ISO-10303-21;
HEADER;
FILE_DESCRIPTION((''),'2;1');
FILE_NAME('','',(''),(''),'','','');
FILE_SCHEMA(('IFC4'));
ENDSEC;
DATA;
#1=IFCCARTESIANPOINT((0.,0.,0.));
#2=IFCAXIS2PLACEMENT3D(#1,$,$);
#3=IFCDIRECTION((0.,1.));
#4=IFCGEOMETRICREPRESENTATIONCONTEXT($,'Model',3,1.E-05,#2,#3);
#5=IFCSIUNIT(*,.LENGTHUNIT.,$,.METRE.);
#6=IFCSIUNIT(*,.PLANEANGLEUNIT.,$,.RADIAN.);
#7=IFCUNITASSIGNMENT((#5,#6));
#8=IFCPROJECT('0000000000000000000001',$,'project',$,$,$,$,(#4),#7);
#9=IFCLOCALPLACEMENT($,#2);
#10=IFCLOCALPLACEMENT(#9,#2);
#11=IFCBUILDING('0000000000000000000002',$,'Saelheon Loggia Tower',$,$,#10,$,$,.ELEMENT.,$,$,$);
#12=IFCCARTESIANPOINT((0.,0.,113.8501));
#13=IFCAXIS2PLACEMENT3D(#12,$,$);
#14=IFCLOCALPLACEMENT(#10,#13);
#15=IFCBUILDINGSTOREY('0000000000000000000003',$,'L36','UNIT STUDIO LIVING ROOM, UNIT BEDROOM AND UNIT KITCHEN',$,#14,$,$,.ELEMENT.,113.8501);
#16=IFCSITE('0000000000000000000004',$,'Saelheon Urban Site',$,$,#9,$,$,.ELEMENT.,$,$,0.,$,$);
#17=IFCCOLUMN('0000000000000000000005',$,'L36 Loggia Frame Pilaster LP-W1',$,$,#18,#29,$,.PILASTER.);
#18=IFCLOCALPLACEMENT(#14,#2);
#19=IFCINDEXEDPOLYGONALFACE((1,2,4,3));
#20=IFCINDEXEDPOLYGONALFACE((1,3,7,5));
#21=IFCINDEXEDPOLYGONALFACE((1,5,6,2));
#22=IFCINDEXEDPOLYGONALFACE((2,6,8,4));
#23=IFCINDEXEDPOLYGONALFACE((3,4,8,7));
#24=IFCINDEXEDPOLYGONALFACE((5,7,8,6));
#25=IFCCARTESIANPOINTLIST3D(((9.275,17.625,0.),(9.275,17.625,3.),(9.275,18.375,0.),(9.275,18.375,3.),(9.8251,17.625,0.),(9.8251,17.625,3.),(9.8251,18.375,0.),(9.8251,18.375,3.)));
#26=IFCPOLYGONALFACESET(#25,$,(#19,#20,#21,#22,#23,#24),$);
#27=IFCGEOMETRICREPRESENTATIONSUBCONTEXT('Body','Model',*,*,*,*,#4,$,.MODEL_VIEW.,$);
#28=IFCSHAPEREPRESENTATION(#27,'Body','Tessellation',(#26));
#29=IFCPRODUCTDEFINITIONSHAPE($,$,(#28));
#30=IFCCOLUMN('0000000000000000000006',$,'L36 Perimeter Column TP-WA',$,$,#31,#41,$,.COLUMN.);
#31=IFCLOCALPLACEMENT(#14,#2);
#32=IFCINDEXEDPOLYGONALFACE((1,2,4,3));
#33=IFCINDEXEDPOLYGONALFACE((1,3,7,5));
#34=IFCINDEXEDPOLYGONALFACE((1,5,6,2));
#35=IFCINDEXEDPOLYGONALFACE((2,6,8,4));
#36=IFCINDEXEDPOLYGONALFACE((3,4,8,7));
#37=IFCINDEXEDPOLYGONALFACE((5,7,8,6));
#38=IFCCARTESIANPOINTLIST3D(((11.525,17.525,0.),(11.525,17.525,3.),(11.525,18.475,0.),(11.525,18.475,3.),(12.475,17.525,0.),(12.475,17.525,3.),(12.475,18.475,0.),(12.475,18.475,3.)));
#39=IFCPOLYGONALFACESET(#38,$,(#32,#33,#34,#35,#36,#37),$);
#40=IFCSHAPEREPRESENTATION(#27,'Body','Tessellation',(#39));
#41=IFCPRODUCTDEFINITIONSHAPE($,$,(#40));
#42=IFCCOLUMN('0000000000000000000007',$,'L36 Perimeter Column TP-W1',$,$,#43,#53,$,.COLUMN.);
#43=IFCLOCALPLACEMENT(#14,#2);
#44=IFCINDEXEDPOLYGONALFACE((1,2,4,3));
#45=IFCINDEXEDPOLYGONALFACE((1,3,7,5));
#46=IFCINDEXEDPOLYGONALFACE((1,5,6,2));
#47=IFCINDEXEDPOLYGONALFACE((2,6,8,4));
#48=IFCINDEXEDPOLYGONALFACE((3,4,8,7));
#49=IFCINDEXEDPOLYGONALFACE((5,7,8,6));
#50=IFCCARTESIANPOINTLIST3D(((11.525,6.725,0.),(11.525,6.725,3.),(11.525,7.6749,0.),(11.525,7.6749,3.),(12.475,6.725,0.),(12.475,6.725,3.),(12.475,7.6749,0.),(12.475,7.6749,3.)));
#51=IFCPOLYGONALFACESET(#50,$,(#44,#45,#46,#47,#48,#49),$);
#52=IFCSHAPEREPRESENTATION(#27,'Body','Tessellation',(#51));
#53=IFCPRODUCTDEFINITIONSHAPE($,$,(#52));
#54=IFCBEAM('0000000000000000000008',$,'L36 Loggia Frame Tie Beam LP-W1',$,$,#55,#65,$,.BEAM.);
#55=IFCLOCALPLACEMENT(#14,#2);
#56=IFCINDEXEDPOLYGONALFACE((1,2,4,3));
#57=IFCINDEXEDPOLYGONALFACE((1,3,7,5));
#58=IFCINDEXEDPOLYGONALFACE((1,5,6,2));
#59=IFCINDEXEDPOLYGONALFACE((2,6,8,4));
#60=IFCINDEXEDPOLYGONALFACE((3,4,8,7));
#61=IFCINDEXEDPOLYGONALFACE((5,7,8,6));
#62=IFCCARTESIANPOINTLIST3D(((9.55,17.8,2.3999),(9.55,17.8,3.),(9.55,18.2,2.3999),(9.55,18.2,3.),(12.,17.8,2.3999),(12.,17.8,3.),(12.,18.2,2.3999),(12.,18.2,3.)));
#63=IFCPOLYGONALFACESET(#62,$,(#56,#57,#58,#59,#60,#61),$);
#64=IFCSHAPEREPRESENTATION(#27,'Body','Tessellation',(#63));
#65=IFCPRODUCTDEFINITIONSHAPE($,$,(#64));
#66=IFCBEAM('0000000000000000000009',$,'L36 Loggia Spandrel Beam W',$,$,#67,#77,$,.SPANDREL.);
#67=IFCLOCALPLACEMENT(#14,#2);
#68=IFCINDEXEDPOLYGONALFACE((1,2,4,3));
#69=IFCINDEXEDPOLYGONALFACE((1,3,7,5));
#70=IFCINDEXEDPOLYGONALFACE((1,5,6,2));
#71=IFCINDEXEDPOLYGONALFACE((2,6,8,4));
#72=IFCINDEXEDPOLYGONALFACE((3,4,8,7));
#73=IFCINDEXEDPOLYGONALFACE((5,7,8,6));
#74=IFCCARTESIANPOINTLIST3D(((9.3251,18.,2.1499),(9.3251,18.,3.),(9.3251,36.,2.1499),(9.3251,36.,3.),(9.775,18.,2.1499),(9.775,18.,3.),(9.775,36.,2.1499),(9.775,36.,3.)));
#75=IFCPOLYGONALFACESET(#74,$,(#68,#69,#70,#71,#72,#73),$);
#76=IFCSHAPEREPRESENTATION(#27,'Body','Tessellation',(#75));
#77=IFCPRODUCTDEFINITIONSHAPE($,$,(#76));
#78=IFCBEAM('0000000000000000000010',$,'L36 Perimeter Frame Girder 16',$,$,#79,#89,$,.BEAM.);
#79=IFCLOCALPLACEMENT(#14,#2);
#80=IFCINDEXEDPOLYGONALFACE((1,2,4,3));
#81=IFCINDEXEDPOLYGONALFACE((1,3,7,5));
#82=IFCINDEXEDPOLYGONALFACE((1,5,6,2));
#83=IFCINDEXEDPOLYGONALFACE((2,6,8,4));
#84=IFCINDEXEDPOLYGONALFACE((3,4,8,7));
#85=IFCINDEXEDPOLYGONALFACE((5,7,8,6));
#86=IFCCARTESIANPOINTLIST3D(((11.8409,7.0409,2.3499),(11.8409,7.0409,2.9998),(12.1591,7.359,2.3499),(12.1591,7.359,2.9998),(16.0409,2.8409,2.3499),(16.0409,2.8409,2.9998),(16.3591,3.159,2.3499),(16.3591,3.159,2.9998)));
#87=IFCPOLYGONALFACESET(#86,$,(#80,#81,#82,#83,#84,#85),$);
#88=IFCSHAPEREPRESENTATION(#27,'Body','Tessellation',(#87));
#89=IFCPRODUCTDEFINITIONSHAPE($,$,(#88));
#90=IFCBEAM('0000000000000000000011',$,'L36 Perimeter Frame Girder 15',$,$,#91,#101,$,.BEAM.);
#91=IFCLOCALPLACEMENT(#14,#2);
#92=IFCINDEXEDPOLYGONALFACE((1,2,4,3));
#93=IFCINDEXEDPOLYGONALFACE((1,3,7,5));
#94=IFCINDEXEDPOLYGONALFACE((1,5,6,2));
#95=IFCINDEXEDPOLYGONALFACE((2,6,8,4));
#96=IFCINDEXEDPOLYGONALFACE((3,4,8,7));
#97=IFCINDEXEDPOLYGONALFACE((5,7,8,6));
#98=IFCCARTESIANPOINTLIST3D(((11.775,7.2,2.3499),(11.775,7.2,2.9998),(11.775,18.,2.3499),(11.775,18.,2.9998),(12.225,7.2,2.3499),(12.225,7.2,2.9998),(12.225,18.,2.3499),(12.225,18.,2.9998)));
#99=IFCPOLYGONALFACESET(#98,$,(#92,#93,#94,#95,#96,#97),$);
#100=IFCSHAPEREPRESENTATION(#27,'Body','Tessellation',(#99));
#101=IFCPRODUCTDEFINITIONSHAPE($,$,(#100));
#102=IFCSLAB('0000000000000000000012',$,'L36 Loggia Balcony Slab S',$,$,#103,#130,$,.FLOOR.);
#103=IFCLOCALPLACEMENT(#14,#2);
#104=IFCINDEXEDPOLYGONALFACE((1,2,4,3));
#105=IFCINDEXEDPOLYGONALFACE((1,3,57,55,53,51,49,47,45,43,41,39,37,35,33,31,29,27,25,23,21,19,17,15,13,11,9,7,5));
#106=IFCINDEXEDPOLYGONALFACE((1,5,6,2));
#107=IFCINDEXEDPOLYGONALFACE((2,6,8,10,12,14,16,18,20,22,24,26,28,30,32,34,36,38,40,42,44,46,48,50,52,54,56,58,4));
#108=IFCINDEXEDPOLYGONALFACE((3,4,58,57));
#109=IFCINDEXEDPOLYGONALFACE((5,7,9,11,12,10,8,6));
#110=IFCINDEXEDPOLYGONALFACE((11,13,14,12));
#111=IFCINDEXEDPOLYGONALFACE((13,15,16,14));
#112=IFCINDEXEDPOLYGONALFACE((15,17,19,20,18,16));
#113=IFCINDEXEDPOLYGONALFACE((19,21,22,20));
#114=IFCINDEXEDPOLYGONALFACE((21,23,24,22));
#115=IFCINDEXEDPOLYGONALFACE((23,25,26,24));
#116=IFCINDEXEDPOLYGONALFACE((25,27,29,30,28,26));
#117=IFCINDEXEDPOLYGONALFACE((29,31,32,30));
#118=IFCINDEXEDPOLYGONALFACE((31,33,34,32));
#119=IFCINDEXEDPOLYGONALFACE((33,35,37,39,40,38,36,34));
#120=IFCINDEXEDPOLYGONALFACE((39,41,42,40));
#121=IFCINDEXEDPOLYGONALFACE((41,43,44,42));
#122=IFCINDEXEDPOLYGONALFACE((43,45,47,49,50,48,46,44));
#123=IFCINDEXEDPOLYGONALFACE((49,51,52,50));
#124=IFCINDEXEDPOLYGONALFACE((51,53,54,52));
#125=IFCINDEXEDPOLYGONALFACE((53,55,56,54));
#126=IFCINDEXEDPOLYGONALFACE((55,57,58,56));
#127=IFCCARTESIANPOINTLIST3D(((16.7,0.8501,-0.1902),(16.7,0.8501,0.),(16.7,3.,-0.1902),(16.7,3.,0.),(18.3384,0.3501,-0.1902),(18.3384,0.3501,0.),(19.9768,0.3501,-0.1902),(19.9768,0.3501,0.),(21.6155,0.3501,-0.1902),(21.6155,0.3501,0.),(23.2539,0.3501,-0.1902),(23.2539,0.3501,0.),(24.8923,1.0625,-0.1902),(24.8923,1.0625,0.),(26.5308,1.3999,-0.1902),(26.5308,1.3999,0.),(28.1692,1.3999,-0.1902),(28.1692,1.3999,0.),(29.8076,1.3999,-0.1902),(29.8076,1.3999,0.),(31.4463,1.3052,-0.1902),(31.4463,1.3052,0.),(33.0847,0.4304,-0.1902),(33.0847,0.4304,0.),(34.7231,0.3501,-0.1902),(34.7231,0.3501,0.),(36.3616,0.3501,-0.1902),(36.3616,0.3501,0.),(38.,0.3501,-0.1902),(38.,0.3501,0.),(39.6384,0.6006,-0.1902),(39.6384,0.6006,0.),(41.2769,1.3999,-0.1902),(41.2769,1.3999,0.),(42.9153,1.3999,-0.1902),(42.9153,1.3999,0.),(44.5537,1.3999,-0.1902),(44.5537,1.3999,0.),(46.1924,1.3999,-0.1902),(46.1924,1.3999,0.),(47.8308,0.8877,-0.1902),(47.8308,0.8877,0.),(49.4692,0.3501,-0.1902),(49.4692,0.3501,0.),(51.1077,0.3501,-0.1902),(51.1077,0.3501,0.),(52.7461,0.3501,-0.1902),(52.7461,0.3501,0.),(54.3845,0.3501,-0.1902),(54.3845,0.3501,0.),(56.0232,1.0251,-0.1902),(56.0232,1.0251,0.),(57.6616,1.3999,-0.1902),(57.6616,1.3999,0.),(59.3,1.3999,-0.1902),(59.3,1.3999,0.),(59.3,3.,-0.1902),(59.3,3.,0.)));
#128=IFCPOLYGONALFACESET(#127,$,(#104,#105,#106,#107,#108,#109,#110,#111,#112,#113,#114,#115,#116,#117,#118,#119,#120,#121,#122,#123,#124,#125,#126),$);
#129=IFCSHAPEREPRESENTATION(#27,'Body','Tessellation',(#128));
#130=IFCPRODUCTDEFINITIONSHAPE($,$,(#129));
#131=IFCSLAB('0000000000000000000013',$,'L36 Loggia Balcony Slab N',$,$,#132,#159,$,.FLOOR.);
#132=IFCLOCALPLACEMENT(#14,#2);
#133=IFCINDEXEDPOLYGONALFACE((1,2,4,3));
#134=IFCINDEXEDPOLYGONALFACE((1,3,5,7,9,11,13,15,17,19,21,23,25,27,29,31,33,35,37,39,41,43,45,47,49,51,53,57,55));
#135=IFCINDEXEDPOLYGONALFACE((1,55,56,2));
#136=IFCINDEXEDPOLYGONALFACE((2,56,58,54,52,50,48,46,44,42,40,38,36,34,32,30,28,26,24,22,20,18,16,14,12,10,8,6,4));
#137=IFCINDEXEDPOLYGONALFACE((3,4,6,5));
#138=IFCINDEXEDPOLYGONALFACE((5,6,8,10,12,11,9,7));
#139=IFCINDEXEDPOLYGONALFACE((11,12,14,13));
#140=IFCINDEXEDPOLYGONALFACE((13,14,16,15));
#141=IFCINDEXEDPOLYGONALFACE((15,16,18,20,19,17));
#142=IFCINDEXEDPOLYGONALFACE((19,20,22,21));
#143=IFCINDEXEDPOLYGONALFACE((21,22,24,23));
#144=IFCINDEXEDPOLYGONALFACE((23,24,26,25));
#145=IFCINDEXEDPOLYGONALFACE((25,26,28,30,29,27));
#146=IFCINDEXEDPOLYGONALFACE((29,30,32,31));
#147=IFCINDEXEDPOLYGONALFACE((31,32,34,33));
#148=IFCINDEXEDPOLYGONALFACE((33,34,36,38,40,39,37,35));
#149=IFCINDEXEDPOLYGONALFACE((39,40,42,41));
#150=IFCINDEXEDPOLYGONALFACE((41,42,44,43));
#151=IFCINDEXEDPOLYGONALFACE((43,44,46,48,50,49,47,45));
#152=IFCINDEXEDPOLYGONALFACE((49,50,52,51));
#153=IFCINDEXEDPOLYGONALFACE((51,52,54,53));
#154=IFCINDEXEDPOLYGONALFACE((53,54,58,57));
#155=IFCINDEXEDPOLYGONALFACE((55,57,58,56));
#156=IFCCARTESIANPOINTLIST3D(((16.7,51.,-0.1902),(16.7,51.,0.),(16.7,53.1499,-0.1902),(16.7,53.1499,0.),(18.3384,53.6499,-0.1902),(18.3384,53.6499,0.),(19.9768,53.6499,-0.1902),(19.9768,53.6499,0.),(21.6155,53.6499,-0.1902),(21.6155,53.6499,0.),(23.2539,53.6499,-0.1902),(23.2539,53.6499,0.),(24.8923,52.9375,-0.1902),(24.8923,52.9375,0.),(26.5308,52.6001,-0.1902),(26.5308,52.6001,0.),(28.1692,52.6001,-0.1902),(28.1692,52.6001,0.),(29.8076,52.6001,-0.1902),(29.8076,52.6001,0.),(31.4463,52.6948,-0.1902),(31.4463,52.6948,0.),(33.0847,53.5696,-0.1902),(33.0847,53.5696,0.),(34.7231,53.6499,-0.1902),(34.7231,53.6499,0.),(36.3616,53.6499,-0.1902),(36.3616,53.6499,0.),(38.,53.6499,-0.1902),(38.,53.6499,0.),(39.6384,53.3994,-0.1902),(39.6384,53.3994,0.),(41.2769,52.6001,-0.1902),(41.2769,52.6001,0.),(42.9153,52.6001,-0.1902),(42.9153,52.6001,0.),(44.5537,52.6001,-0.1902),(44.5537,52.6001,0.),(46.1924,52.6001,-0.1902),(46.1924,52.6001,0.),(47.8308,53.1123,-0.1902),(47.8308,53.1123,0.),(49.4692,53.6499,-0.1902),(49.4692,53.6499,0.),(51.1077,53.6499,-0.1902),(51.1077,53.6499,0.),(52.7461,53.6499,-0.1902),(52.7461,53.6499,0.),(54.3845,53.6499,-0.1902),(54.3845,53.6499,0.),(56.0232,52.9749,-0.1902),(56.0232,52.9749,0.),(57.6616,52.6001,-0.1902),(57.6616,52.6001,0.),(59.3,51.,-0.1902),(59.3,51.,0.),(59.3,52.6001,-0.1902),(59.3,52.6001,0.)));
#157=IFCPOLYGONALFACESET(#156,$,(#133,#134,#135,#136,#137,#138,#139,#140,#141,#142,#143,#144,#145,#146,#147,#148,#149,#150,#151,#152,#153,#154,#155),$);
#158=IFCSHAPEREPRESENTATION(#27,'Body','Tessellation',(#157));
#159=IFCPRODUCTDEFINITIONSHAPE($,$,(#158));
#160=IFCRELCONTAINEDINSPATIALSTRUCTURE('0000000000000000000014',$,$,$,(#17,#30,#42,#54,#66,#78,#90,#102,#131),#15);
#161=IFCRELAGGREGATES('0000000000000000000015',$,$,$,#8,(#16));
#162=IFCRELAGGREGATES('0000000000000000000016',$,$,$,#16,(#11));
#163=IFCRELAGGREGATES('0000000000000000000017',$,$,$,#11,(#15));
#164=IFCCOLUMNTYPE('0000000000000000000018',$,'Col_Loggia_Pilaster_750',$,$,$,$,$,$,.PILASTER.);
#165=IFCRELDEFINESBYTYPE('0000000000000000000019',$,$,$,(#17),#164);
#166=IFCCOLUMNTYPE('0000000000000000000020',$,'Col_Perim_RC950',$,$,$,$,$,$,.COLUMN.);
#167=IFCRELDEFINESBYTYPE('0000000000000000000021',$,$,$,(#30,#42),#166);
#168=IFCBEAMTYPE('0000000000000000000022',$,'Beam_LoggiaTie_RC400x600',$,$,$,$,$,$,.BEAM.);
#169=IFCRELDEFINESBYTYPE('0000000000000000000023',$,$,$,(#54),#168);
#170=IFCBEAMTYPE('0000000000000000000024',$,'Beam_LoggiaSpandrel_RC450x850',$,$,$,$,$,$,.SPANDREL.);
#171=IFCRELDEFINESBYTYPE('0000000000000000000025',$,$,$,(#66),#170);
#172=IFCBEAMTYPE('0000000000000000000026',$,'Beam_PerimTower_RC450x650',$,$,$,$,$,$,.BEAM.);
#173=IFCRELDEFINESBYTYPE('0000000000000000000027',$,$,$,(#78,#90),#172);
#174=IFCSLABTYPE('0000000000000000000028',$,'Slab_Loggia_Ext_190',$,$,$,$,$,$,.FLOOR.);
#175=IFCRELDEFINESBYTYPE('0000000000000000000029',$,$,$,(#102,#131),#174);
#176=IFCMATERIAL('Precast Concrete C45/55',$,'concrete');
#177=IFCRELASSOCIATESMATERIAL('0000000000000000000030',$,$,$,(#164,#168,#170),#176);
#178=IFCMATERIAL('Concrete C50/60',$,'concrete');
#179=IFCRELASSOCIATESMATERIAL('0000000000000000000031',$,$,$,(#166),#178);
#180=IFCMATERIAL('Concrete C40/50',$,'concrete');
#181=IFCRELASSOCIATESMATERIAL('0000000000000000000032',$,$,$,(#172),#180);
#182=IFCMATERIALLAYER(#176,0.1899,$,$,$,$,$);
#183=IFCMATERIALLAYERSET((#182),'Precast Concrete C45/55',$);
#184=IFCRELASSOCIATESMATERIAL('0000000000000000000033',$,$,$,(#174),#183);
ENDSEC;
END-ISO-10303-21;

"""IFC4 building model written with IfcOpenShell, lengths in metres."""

from ifc_helpers import new_model, si_unit, direction, frame, origin, origin_2d, place, context, subcontext, project, spatial, polyline, rectangle, outline, extrude, source, transform, mapped, material, layer, layer_set, material_profile, profile_set, type_object, element, save


model = new_model("IFC4")

# Units and contexts
model_context = context("Model", 3, precision=1e-05, world=origin(), true_north=direction((0.0, 1.0)))
body_context = subcontext(model_context, "Body", "Model", "MODEL_VIEW")
ifc_project = project(units=[si_unit("LENGTHUNIT", "METRE"), si_unit("PLANEANGLEUNIT", "RADIAN")], contexts=[model_context])

# Site, building, storey
site_placement = place(None, origin())
site = spatial("IfcSite", under=ifc_project, at=site_placement, Name="Saelheon Urban Site", CompositionType="ELEMENT", RefElevation=0.0)
building_placement = place(site_placement, origin())
building = spatial("IfcBuilding", under=site, at=building_placement, Name="Saelheon Loggia Tower", CompositionType="ELEMENT")
storey_placement = place(building_placement, frame((0.0, 0.0, 113.8501)))
storey = spatial("IfcBuildingStorey", under=building, at=storey_placement, Name="L36", Description="UNIT STUDIO LIVING ROOM, UNIT BEDROOM AND UNIT KITCHEN", CompositionType="ELEMENT", Elevation=113.8501)

# Columns
ifc_material_1 = material(Name="Precast Concrete C45/55", Category="concrete")
ifc_material_profile_1 = material_profile(ifc_material_1, rectangle(XDim=0.55, YDim=0.75, at=origin_2d()), Name="RC-550x750")
ifc_profile_set_1 = profile_set([ifc_material_profile_1], Name="Precast Concrete C45/55")
column_type_1 = type_object("IfcColumnType", Name="Col_Loggia_Pilaster_750", PredefinedType="PILASTER", material=ifc_profile_set_1)
shared_shape_1 = source(origin(), body_context, "Body", "SweptSolid", [
    extrude(rectangle(XDim=0.55, YDim=0.75, at=origin_2d()), origin(), (0.0, 0.0, 1.0), 3.0),
])
column_placement = place(storey_placement, frame((9.55, 18.0, 0.0), z_axis=(0.0, 0.0, 1.0), x_axis=(1.0, 0.0, 0.0)))
element("IfcColumn", 1, at=column_placement, inside=storey, type_object=column_type_1, Name="L36 Loggia Frame Pilaster LP-W1", PredefinedType="PILASTER", context=body_context, shape_type="MappedRepresentation", body=[
    mapped(shared_shape_1, transform((0.0, 0.0, 0.0), scale=1.0)),
])
ifc_material_2 = material(Name="Concrete C50/60", Category="concrete")
ifc_material_profile_2 = material_profile(ifc_material_2, rectangle(XDim=0.95, YDim=0.95, at=origin_2d()), Name="RC-950x950")
ifc_profile_set_2 = profile_set([ifc_material_profile_2], Name="Concrete C50/60")
column_type_2 = type_object("IfcColumnType", Name="Col_Perim_RC950", PredefinedType="COLUMN", material=ifc_profile_set_2)
shared_shape_2 = source(origin(), body_context, "Body", "SweptSolid", [
    extrude(rectangle(XDim=0.95, YDim=0.95, at=origin_2d()), origin(), (0.0, 0.0, 1.0), 3.0),
])
for number, where, z_axis, x_axis, name in (
    (2, (12.0, 18.0, 0.0), (0.0, 0.0, 1.0), (1.0, 0.0, 0.0), "L36 Perimeter Column TP-WA"),
    (3, (12.0, 7.2, 0.0), (0.0, 0.0, 1.0), (1.0, 0.0, 0.0), "L36 Perimeter Column TP-W1"),
):
    element("IfcColumn", number, at=place(storey_placement, frame(where, z_axis=z_axis, x_axis=x_axis)), inside=storey, type_object=column_type_2, Name=name, PredefinedType="COLUMN", context=body_context, shape_type="MappedRepresentation", body=[
        mapped(shared_shape_2, transform((0.0, 0.0, 0.0), scale=1.0)),
    ])

# Beams
ifc_material_profile_3 = material_profile(ifc_material_1, rectangle(XDim=0.3999, YDim=0.6001, at=origin_2d()), Name="RC-400x600")
ifc_profile_set_3 = profile_set([ifc_material_profile_3], Name="Precast Concrete C45/55")
beam_type_1 = type_object("IfcBeamType", Name="Beam_LoggiaTie_RC400x600", PredefinedType="BEAM", material=ifc_profile_set_3)
shared_shape_3 = source(origin(), body_context, "Body", "SweptSolid", [
    extrude(rectangle(XDim=0.3999, YDim=0.6001, at=origin_2d()), origin(), (0.0, 0.0, 1.0), 2.45),
])
beam_1_placement = place(storey_placement, frame((12.0, 18.0, 2.7), z_axis=(-1.0, 0.0, 0.0), x_axis=(0.0, -1.0, 0.0)))
element("IfcBeam", 4, at=beam_1_placement, inside=storey, type_object=beam_type_1, Name="L36 Loggia Frame Tie Beam LP-W1", PredefinedType="BEAM", context=body_context, shape_type="MappedRepresentation", body=[
    mapped(shared_shape_3, transform((0.0, 0.0, 0.0), scale=1.0)),
])
ifc_material_profile_4 = material_profile(ifc_material_1, rectangle(XDim=0.45, YDim=0.8501, at=origin_2d()), Name="RC-450x850")
ifc_profile_set_4 = profile_set([ifc_material_profile_4], Name="Precast Concrete C45/55")
beam_type_2 = type_object("IfcBeamType", Name="Beam_LoggiaSpandrel_RC450x850", PredefinedType="SPANDREL", material=ifc_profile_set_4)
shared_shape_4 = source(origin(), body_context, "Body", "SweptSolid", [
    extrude(rectangle(XDim=0.45, YDim=0.8501, at=origin_2d()), origin(), (0.0, 0.0, 1.0), 18.0),
])
beam_2_placement = place(storey_placement, frame((9.55, 18.0, 2.575), z_axis=(0.0, 1.0, 0.0), x_axis=(-1.0, 0.0, 0.0)))
element("IfcBeam", 5, at=beam_2_placement, inside=storey, type_object=beam_type_2, Name="L36 Loggia Spandrel Beam W", PredefinedType="SPANDREL", context=body_context, shape_type="MappedRepresentation", body=[
    mapped(shared_shape_4, transform((0.0, 0.0, 0.0), scale=1.0)),
])
ifc_material_3 = material(Name="Concrete C40/50", Category="concrete")
ifc_material_profile_5 = material_profile(ifc_material_3, rectangle(XDim=0.45, YDim=0.6499, at=origin_2d()), Name="RC-450x650")
ifc_profile_set_5 = profile_set([ifc_material_profile_5], Name="Concrete C40/50")
beam_type_3 = type_object("IfcBeamType", Name="Beam_PerimTower_RC450x650", PredefinedType="BEAM", material=ifc_profile_set_5)
shared_shape_5 = source(origin(), body_context, "Body", "SweptSolid", [
    extrude(rectangle(XDim=0.45, YDim=0.6499, at=origin_2d()), origin(), (0.0, 0.0, 1.0), 5.9397),
])
beam_3_placement = place(storey_placement, frame((12.0, 7.2, 2.6748), z_axis=(0.707107, -0.707107, 0.0), x_axis=(0.707107, 0.707107, 0.0)))
element("IfcBeam", 6, at=beam_3_placement, inside=storey, type_object=beam_type_3, Name="L36 Perimeter Frame Girder 16", PredefinedType="BEAM", context=body_context, shape_type="MappedRepresentation", body=[
    mapped(shared_shape_5, transform((0.0, 0.0, 0.0), scale=1.0)),
])
shared_shape_6 = source(origin(), body_context, "Body", "SweptSolid", [
    extrude(rectangle(XDim=0.45, YDim=0.6499, at=origin_2d()), origin(), (0.0, 0.0, 1.0), 10.8),
])
beam_4_placement = place(storey_placement, frame((12.0, 18.0, 2.6748), z_axis=(0.0, -1.0, 0.0), x_axis=(1.0, 0.0, 0.0)))
element("IfcBeam", 7, at=beam_4_placement, inside=storey, type_object=beam_type_3, Name="L36 Perimeter Frame Girder 15", PredefinedType="BEAM", context=body_context, shape_type="MappedRepresentation", body=[
    mapped(shared_shape_6, transform((0.0, 0.0, 0.0), scale=1.0)),
])

# Slabs
ifc_layer_1 = layer(ifc_material_1, 0.1899)
ifc_layer_set_1 = layer_set([ifc_layer_1], Name="Precast Concrete C45/55")
slab_type_1 = type_object("IfcSlabType", Name="Slab_Loggia_Ext_190", PredefinedType="FLOOR", material=ifc_layer_set_1)
slab_1_placement = place(storey_placement, frame((0.0, 0.0, -0.1902)))
element("IfcSlab", 8, at=slab_1_placement, inside=storey, type_object=slab_type_1, Name="L36 Loggia Balcony Slab S", PredefinedType="FLOOR", context=body_context, shape_type="SweptSolid", body=[
    extrude(outline(polyline([(16.7, 0.8501), (18.3384, 0.3501), (19.9768, 0.3501), (21.6155, 0.3501), (23.2539, 0.3501), (24.8923, 1.0625), (26.5308, 1.3999), (28.1692, 1.3999), (29.8076, 1.3999), (31.4463, 1.3052), (33.0847, 0.4304), (34.7231, 0.3501), (36.3616, 0.3501), (38.0, 0.3501), (39.6384, 0.6006), (41.2769, 1.3999), (42.9153, 1.3999), (44.5537, 1.3999), (46.1924, 1.3999), (47.8308, 0.8877), (49.4692, 0.3501), (51.1077, 0.3501), (52.7461, 0.3501), (54.3845, 0.3501), (56.0232, 1.0251), (57.6616, 1.3999), (59.3, 1.3999), (59.3, 3.0), (16.7, 3.0), (16.7, 0.8501)])), origin(), (0.0, 0.0, 1.0), 0.1902),
])
slab_2_placement = place(storey_placement, frame((0.0, 0.0, -0.1902)))
element("IfcSlab", 9, at=slab_2_placement, inside=storey, type_object=slab_type_1, Name="L36 Loggia Balcony Slab N", PredefinedType="FLOOR", context=body_context, shape_type="SweptSolid", body=[
    extrude(outline(polyline([(16.7, 51.0), (59.3, 51.0), (59.3, 52.6001), (57.6616, 52.6001), (56.0232, 52.9749), (54.3845, 53.6499), (52.7461, 53.6499), (51.1077, 53.6499), (49.4692, 53.6499), (47.8308, 53.1123), (46.1924, 52.6001), (44.5537, 52.6001), (42.9153, 52.6001), (41.2769, 52.6001), (39.6384, 53.3994), (38.0, 53.6499), (36.3616, 53.6499), (34.7231, 53.6499), (33.0847, 53.5696), (31.4463, 52.6948), (29.8076, 52.6001), (28.1692, 52.6001), (26.5308, 52.6001), (24.8923, 52.9375), (23.2539, 53.6499), (21.6155, 53.6499), (19.9768, 53.6499), (18.3384, 53.6499), (16.7, 53.1499), (16.7, 51.0)])), origin(), (0.0, 0.0, 1.0), 0.1902),
])

save(model, "model.ifc")
